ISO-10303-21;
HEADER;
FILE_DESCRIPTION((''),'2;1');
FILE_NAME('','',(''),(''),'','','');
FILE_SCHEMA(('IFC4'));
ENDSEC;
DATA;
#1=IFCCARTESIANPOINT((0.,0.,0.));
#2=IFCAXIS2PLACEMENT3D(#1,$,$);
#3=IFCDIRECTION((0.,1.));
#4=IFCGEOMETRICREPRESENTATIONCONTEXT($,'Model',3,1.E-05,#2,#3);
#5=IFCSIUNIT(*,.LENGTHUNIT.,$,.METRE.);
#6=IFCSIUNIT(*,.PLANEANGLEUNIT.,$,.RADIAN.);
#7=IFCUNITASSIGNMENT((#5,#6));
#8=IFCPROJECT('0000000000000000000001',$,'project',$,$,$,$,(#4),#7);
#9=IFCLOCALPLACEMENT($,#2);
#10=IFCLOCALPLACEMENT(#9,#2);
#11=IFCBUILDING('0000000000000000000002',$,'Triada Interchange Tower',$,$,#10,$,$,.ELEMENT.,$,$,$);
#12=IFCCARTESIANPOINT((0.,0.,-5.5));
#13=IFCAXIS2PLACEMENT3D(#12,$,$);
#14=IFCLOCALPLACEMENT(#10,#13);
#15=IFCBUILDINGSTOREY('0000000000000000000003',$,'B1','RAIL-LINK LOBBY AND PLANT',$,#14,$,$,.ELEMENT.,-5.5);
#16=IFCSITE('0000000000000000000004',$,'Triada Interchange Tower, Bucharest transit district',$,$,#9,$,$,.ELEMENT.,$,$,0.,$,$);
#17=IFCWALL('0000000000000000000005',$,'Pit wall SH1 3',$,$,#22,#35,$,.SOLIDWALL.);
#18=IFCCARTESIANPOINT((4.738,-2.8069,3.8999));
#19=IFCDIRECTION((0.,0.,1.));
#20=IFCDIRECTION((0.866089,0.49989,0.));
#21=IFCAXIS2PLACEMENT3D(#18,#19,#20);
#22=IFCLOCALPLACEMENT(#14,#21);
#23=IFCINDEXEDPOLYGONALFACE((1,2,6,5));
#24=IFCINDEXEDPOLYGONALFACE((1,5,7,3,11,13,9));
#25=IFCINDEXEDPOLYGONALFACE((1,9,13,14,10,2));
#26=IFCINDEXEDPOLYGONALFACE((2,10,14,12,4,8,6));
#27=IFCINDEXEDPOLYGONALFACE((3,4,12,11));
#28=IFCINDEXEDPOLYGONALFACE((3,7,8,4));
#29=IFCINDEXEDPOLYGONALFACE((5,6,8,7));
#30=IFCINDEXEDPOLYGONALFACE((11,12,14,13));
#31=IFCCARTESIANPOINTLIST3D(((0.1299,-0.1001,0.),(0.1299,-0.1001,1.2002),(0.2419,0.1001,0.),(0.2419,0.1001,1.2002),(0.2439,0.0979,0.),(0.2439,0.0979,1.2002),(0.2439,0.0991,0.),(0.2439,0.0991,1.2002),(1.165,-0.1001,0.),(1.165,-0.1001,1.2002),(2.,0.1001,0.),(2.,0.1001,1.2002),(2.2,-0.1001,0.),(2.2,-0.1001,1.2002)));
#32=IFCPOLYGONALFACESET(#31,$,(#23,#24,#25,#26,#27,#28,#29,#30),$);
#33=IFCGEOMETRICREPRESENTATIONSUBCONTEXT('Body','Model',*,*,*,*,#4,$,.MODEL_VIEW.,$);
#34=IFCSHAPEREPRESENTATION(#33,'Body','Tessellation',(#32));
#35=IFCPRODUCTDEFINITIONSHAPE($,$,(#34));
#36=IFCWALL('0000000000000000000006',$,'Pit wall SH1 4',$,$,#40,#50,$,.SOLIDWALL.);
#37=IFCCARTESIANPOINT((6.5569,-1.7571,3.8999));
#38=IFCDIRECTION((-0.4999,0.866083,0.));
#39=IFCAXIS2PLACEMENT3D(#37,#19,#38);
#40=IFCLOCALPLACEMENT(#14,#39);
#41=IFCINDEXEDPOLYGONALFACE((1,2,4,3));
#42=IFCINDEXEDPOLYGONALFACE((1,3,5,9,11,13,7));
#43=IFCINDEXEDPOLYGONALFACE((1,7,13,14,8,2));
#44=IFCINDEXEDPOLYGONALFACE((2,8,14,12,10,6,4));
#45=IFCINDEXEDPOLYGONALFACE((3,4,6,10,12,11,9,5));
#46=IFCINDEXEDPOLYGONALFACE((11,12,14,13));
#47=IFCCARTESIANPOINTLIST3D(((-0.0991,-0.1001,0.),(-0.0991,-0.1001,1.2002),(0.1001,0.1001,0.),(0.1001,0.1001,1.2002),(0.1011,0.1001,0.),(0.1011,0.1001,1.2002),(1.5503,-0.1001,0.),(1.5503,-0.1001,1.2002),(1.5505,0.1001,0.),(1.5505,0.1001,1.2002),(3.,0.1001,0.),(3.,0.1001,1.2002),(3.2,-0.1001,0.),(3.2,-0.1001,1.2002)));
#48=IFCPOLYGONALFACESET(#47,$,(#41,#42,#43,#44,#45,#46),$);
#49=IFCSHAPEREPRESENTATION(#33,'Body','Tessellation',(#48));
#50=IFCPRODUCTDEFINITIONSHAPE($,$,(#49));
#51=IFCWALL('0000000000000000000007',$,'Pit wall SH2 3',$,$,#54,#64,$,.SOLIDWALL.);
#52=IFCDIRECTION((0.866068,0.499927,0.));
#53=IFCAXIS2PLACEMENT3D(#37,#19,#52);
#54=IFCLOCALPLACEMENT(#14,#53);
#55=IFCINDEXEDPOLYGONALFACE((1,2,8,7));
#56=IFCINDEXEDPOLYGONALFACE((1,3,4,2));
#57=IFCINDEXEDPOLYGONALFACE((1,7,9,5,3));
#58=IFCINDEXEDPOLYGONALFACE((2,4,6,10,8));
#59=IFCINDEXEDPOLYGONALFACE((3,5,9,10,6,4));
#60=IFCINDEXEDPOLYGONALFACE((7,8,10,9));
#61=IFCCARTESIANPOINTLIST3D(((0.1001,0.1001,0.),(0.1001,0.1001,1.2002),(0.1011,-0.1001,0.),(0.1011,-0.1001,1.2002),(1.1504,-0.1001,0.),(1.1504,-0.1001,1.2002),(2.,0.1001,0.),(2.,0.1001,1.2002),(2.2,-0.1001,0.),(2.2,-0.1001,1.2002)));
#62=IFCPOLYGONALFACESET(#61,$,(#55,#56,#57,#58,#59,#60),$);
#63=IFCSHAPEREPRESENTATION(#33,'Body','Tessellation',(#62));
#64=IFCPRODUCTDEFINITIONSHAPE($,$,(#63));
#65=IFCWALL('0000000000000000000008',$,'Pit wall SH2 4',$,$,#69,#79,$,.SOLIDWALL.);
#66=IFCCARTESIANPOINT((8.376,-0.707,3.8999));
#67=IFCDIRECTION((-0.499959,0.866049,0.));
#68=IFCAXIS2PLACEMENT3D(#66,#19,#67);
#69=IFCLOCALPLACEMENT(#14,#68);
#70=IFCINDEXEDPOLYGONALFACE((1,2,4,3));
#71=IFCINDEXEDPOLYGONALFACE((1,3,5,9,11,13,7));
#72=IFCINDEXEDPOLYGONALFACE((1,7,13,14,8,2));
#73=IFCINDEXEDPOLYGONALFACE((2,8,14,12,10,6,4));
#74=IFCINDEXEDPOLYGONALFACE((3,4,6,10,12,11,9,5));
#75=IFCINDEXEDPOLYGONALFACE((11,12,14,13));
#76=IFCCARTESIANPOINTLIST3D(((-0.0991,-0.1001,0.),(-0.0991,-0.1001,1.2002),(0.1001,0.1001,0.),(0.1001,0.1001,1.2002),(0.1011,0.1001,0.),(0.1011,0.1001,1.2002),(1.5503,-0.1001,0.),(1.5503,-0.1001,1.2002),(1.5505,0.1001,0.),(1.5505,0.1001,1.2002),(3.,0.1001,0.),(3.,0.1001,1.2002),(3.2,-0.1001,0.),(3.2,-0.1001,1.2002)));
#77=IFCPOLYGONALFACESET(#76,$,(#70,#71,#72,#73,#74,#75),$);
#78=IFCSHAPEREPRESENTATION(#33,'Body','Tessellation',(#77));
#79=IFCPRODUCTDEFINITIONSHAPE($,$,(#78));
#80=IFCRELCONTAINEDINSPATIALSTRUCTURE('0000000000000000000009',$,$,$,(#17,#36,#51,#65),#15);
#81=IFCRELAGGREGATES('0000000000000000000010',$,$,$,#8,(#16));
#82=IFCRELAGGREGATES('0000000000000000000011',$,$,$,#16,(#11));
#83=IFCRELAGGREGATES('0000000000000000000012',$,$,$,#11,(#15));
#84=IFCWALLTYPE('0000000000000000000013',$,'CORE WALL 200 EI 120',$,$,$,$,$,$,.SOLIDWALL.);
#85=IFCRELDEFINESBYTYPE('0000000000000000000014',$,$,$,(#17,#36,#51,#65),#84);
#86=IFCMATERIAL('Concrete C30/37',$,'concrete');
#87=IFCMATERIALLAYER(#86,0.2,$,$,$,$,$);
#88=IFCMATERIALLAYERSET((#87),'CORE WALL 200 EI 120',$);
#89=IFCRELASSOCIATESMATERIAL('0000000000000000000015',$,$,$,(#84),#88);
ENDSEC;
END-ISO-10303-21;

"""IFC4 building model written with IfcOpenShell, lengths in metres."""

from ifc_helpers import new_model, si_unit, direction, frame, origin, place, context, subcontext, project, spatial, polyline, outline, extrude, material, layer, layer_set, type_object, element, save


model = new_model("IFC4")

# Units and contexts
model_context = context("Model", 3, precision=1e-05, world=origin(), true_north=direction((0.0, 1.0)))
body_context = subcontext(model_context, "Body", "Model", "MODEL_VIEW")
ifc_project = project(units=[si_unit("LENGTHUNIT", "METRE"), si_unit("PLANEANGLEUNIT", "RADIAN")], contexts=[model_context])

# Site, building, storey
site_placement = place(None, origin())
site = spatial("IfcSite", under=ifc_project, at=site_placement, Name="Triada Interchange Tower, Bucharest transit district", CompositionType="ELEMENT", RefElevation=0.0)
building_placement = place(site_placement, origin())
building = spatial("IfcBuilding", under=site, at=building_placement, Name="Triada Interchange Tower", CompositionType="ELEMENT")
storey_placement = place(building_placement, frame((0.0, 0.0, -5.5)))
storey = spatial("IfcBuildingStorey", under=building, at=storey_placement, Name="B1", Description="RAIL-LINK LOBBY AND PLANT", CompositionType="ELEMENT", Elevation=-5.5)

# Shared definitions
ifc_material_1 = material(Name="Concrete C30/37", Category="concrete")

# Walls
ifc_layer_1 = layer(ifc_material_1, 0.2)
ifc_layer_set_1 = layer_set([ifc_layer_1], Name="CORE WALL 200 EI 120")
wall_type_1 = type_object("IfcWallType", Name="CORE WALL 200 EI 120", PredefinedType="SOLIDWALL", material=ifc_layer_set_1)
wall_1_placement = place(storey_placement, frame((4.738, -2.8069, 3.8999), z_axis=(0.0, 0.0, 1.0), x_axis=(0.866089, 0.49989, 0.0)))
element("IfcWall", 1, at=wall_1_placement, inside=storey, type_object=wall_type_1, Name="Pit wall SH1 3", PredefinedType="SOLIDWALL", context=body_context, shape_type="SweptSolid", body=[
    extrude(outline(polyline([(2.0, 0.1001), (2.2, -0.1001), (1.165, -0.1001), (0.1299, -0.1001), (0.2439, 0.0979), (0.2439, 0.0979), (0.2439, 0.0979), (0.2439, 0.0979), (0.2439, 0.0979), (0.2439, 0.0979), (0.2439, 0.0979), (0.2439, 0.0979), (0.2439, 0.0979), (0.2439, 0.0979), (0.2439, 0.0991), (0.2439, 0.0991), (0.2439, 0.0991), (0.2439, 0.0991), (0.2439, 0.0991), (0.2439, 0.0991), (0.2439, 0.0991), (0.2419, 0.1001), (2.0, 0.1001)])), origin(), (0.0, 0.0, 1.0), 1.2002),
])
wall_2_placement = place(storey_placement, frame((6.5569, -1.7571, 3.8999), z_axis=(0.0, 0.0, 1.0), x_axis=(-0.4999, 0.866083, 0.0)))
element("IfcWall", 2, at=wall_2_placement, inside=storey, type_object=wall_type_1, Name="Pit wall SH1 4", PredefinedType="SOLIDWALL", context=body_context, shape_type="SweptSolid", body=[
    extrude(outline(polyline([(3.0, 0.1001), (3.0, 0.1001), (3.0, 0.1001), (3.0, 0.1001), (3.0, 0.1001), (3.0, 0.1001), (3.0, 0.1001), (3.0, 0.1001), (3.0, 0.1001), (3.2, -0.1001), (1.5503, -0.1001), (-0.0991, -0.1001), (0.1001, 0.1001), (0.1001, 0.1001), (0.1001, 0.1001), (0.1001, 0.1001), (0.1001, 0.1001), (0.1001, 0.1001), (0.1001, 0.1001), (0.1011, 0.1001), (0.1011, 0.1001), (0.1011, 0.1001), (1.5505, 0.1001), (3.0, 0.1001)])), origin(), (0.0, 0.0, 1.0), 1.2002),
])
wall_3_placement = place(storey_placement, frame((6.5569, -1.7571, 3.8999), z_axis=(0.0, 0.0, 1.0), x_axis=(0.866068, 0.499927, 0.0)))
element("IfcWall", 3, at=wall_3_placement, inside=storey, type_object=wall_type_1, Name="Pit wall SH2 3", PredefinedType="SOLIDWALL", context=body_context, shape_type="SweptSolid", body=[
    extrude(outline(polyline([(2.0, 0.1001), (2.2, -0.1001), (1.1504, -0.1001), (0.1011, -0.1001), (0.1011, -0.1001), (0.1001, 0.1001), (2.0, 0.1001)])), origin(), (0.0, 0.0, 1.0), 1.2002),
])
wall_4_placement = place(storey_placement, frame((8.376, -0.707, 3.8999), z_axis=(0.0, 0.0, 1.0), x_axis=(-0.499959, 0.866049, 0.0)))
element("IfcWall", 4, at=wall_4_placement, inside=storey, type_object=wall_type_1, Name="Pit wall SH2 4", PredefinedType="SOLIDWALL", context=body_context, shape_type="SweptSolid", body=[
    extrude(outline(polyline([(3.0, 0.1001), (3.0, 0.1001), (3.0, 0.1001), (3.0, 0.1001), (3.0, 0.1001), (3.0, 0.1001), (3.0, 0.1001), (3.0, 0.1001), (3.0, 0.1001), (3.2, -0.1001), (1.5503, -0.1001), (-0.0991, -0.1001), (0.1001, 0.1001), (0.1001, 0.1001), (0.1001, 0.1001), (0.1001, 0.1001), (0.1001, 0.1001), (0.1001, 0.1001), (0.1001, 0.1001), (0.1011, 0.1001), (0.1011, 0.1001), (0.1011, 0.1001), (1.5505, 0.1001), (3.0, 0.1001)])), origin(), (0.0, 0.0, 1.0), 1.2002),
])

save(model, "model.ifc")
